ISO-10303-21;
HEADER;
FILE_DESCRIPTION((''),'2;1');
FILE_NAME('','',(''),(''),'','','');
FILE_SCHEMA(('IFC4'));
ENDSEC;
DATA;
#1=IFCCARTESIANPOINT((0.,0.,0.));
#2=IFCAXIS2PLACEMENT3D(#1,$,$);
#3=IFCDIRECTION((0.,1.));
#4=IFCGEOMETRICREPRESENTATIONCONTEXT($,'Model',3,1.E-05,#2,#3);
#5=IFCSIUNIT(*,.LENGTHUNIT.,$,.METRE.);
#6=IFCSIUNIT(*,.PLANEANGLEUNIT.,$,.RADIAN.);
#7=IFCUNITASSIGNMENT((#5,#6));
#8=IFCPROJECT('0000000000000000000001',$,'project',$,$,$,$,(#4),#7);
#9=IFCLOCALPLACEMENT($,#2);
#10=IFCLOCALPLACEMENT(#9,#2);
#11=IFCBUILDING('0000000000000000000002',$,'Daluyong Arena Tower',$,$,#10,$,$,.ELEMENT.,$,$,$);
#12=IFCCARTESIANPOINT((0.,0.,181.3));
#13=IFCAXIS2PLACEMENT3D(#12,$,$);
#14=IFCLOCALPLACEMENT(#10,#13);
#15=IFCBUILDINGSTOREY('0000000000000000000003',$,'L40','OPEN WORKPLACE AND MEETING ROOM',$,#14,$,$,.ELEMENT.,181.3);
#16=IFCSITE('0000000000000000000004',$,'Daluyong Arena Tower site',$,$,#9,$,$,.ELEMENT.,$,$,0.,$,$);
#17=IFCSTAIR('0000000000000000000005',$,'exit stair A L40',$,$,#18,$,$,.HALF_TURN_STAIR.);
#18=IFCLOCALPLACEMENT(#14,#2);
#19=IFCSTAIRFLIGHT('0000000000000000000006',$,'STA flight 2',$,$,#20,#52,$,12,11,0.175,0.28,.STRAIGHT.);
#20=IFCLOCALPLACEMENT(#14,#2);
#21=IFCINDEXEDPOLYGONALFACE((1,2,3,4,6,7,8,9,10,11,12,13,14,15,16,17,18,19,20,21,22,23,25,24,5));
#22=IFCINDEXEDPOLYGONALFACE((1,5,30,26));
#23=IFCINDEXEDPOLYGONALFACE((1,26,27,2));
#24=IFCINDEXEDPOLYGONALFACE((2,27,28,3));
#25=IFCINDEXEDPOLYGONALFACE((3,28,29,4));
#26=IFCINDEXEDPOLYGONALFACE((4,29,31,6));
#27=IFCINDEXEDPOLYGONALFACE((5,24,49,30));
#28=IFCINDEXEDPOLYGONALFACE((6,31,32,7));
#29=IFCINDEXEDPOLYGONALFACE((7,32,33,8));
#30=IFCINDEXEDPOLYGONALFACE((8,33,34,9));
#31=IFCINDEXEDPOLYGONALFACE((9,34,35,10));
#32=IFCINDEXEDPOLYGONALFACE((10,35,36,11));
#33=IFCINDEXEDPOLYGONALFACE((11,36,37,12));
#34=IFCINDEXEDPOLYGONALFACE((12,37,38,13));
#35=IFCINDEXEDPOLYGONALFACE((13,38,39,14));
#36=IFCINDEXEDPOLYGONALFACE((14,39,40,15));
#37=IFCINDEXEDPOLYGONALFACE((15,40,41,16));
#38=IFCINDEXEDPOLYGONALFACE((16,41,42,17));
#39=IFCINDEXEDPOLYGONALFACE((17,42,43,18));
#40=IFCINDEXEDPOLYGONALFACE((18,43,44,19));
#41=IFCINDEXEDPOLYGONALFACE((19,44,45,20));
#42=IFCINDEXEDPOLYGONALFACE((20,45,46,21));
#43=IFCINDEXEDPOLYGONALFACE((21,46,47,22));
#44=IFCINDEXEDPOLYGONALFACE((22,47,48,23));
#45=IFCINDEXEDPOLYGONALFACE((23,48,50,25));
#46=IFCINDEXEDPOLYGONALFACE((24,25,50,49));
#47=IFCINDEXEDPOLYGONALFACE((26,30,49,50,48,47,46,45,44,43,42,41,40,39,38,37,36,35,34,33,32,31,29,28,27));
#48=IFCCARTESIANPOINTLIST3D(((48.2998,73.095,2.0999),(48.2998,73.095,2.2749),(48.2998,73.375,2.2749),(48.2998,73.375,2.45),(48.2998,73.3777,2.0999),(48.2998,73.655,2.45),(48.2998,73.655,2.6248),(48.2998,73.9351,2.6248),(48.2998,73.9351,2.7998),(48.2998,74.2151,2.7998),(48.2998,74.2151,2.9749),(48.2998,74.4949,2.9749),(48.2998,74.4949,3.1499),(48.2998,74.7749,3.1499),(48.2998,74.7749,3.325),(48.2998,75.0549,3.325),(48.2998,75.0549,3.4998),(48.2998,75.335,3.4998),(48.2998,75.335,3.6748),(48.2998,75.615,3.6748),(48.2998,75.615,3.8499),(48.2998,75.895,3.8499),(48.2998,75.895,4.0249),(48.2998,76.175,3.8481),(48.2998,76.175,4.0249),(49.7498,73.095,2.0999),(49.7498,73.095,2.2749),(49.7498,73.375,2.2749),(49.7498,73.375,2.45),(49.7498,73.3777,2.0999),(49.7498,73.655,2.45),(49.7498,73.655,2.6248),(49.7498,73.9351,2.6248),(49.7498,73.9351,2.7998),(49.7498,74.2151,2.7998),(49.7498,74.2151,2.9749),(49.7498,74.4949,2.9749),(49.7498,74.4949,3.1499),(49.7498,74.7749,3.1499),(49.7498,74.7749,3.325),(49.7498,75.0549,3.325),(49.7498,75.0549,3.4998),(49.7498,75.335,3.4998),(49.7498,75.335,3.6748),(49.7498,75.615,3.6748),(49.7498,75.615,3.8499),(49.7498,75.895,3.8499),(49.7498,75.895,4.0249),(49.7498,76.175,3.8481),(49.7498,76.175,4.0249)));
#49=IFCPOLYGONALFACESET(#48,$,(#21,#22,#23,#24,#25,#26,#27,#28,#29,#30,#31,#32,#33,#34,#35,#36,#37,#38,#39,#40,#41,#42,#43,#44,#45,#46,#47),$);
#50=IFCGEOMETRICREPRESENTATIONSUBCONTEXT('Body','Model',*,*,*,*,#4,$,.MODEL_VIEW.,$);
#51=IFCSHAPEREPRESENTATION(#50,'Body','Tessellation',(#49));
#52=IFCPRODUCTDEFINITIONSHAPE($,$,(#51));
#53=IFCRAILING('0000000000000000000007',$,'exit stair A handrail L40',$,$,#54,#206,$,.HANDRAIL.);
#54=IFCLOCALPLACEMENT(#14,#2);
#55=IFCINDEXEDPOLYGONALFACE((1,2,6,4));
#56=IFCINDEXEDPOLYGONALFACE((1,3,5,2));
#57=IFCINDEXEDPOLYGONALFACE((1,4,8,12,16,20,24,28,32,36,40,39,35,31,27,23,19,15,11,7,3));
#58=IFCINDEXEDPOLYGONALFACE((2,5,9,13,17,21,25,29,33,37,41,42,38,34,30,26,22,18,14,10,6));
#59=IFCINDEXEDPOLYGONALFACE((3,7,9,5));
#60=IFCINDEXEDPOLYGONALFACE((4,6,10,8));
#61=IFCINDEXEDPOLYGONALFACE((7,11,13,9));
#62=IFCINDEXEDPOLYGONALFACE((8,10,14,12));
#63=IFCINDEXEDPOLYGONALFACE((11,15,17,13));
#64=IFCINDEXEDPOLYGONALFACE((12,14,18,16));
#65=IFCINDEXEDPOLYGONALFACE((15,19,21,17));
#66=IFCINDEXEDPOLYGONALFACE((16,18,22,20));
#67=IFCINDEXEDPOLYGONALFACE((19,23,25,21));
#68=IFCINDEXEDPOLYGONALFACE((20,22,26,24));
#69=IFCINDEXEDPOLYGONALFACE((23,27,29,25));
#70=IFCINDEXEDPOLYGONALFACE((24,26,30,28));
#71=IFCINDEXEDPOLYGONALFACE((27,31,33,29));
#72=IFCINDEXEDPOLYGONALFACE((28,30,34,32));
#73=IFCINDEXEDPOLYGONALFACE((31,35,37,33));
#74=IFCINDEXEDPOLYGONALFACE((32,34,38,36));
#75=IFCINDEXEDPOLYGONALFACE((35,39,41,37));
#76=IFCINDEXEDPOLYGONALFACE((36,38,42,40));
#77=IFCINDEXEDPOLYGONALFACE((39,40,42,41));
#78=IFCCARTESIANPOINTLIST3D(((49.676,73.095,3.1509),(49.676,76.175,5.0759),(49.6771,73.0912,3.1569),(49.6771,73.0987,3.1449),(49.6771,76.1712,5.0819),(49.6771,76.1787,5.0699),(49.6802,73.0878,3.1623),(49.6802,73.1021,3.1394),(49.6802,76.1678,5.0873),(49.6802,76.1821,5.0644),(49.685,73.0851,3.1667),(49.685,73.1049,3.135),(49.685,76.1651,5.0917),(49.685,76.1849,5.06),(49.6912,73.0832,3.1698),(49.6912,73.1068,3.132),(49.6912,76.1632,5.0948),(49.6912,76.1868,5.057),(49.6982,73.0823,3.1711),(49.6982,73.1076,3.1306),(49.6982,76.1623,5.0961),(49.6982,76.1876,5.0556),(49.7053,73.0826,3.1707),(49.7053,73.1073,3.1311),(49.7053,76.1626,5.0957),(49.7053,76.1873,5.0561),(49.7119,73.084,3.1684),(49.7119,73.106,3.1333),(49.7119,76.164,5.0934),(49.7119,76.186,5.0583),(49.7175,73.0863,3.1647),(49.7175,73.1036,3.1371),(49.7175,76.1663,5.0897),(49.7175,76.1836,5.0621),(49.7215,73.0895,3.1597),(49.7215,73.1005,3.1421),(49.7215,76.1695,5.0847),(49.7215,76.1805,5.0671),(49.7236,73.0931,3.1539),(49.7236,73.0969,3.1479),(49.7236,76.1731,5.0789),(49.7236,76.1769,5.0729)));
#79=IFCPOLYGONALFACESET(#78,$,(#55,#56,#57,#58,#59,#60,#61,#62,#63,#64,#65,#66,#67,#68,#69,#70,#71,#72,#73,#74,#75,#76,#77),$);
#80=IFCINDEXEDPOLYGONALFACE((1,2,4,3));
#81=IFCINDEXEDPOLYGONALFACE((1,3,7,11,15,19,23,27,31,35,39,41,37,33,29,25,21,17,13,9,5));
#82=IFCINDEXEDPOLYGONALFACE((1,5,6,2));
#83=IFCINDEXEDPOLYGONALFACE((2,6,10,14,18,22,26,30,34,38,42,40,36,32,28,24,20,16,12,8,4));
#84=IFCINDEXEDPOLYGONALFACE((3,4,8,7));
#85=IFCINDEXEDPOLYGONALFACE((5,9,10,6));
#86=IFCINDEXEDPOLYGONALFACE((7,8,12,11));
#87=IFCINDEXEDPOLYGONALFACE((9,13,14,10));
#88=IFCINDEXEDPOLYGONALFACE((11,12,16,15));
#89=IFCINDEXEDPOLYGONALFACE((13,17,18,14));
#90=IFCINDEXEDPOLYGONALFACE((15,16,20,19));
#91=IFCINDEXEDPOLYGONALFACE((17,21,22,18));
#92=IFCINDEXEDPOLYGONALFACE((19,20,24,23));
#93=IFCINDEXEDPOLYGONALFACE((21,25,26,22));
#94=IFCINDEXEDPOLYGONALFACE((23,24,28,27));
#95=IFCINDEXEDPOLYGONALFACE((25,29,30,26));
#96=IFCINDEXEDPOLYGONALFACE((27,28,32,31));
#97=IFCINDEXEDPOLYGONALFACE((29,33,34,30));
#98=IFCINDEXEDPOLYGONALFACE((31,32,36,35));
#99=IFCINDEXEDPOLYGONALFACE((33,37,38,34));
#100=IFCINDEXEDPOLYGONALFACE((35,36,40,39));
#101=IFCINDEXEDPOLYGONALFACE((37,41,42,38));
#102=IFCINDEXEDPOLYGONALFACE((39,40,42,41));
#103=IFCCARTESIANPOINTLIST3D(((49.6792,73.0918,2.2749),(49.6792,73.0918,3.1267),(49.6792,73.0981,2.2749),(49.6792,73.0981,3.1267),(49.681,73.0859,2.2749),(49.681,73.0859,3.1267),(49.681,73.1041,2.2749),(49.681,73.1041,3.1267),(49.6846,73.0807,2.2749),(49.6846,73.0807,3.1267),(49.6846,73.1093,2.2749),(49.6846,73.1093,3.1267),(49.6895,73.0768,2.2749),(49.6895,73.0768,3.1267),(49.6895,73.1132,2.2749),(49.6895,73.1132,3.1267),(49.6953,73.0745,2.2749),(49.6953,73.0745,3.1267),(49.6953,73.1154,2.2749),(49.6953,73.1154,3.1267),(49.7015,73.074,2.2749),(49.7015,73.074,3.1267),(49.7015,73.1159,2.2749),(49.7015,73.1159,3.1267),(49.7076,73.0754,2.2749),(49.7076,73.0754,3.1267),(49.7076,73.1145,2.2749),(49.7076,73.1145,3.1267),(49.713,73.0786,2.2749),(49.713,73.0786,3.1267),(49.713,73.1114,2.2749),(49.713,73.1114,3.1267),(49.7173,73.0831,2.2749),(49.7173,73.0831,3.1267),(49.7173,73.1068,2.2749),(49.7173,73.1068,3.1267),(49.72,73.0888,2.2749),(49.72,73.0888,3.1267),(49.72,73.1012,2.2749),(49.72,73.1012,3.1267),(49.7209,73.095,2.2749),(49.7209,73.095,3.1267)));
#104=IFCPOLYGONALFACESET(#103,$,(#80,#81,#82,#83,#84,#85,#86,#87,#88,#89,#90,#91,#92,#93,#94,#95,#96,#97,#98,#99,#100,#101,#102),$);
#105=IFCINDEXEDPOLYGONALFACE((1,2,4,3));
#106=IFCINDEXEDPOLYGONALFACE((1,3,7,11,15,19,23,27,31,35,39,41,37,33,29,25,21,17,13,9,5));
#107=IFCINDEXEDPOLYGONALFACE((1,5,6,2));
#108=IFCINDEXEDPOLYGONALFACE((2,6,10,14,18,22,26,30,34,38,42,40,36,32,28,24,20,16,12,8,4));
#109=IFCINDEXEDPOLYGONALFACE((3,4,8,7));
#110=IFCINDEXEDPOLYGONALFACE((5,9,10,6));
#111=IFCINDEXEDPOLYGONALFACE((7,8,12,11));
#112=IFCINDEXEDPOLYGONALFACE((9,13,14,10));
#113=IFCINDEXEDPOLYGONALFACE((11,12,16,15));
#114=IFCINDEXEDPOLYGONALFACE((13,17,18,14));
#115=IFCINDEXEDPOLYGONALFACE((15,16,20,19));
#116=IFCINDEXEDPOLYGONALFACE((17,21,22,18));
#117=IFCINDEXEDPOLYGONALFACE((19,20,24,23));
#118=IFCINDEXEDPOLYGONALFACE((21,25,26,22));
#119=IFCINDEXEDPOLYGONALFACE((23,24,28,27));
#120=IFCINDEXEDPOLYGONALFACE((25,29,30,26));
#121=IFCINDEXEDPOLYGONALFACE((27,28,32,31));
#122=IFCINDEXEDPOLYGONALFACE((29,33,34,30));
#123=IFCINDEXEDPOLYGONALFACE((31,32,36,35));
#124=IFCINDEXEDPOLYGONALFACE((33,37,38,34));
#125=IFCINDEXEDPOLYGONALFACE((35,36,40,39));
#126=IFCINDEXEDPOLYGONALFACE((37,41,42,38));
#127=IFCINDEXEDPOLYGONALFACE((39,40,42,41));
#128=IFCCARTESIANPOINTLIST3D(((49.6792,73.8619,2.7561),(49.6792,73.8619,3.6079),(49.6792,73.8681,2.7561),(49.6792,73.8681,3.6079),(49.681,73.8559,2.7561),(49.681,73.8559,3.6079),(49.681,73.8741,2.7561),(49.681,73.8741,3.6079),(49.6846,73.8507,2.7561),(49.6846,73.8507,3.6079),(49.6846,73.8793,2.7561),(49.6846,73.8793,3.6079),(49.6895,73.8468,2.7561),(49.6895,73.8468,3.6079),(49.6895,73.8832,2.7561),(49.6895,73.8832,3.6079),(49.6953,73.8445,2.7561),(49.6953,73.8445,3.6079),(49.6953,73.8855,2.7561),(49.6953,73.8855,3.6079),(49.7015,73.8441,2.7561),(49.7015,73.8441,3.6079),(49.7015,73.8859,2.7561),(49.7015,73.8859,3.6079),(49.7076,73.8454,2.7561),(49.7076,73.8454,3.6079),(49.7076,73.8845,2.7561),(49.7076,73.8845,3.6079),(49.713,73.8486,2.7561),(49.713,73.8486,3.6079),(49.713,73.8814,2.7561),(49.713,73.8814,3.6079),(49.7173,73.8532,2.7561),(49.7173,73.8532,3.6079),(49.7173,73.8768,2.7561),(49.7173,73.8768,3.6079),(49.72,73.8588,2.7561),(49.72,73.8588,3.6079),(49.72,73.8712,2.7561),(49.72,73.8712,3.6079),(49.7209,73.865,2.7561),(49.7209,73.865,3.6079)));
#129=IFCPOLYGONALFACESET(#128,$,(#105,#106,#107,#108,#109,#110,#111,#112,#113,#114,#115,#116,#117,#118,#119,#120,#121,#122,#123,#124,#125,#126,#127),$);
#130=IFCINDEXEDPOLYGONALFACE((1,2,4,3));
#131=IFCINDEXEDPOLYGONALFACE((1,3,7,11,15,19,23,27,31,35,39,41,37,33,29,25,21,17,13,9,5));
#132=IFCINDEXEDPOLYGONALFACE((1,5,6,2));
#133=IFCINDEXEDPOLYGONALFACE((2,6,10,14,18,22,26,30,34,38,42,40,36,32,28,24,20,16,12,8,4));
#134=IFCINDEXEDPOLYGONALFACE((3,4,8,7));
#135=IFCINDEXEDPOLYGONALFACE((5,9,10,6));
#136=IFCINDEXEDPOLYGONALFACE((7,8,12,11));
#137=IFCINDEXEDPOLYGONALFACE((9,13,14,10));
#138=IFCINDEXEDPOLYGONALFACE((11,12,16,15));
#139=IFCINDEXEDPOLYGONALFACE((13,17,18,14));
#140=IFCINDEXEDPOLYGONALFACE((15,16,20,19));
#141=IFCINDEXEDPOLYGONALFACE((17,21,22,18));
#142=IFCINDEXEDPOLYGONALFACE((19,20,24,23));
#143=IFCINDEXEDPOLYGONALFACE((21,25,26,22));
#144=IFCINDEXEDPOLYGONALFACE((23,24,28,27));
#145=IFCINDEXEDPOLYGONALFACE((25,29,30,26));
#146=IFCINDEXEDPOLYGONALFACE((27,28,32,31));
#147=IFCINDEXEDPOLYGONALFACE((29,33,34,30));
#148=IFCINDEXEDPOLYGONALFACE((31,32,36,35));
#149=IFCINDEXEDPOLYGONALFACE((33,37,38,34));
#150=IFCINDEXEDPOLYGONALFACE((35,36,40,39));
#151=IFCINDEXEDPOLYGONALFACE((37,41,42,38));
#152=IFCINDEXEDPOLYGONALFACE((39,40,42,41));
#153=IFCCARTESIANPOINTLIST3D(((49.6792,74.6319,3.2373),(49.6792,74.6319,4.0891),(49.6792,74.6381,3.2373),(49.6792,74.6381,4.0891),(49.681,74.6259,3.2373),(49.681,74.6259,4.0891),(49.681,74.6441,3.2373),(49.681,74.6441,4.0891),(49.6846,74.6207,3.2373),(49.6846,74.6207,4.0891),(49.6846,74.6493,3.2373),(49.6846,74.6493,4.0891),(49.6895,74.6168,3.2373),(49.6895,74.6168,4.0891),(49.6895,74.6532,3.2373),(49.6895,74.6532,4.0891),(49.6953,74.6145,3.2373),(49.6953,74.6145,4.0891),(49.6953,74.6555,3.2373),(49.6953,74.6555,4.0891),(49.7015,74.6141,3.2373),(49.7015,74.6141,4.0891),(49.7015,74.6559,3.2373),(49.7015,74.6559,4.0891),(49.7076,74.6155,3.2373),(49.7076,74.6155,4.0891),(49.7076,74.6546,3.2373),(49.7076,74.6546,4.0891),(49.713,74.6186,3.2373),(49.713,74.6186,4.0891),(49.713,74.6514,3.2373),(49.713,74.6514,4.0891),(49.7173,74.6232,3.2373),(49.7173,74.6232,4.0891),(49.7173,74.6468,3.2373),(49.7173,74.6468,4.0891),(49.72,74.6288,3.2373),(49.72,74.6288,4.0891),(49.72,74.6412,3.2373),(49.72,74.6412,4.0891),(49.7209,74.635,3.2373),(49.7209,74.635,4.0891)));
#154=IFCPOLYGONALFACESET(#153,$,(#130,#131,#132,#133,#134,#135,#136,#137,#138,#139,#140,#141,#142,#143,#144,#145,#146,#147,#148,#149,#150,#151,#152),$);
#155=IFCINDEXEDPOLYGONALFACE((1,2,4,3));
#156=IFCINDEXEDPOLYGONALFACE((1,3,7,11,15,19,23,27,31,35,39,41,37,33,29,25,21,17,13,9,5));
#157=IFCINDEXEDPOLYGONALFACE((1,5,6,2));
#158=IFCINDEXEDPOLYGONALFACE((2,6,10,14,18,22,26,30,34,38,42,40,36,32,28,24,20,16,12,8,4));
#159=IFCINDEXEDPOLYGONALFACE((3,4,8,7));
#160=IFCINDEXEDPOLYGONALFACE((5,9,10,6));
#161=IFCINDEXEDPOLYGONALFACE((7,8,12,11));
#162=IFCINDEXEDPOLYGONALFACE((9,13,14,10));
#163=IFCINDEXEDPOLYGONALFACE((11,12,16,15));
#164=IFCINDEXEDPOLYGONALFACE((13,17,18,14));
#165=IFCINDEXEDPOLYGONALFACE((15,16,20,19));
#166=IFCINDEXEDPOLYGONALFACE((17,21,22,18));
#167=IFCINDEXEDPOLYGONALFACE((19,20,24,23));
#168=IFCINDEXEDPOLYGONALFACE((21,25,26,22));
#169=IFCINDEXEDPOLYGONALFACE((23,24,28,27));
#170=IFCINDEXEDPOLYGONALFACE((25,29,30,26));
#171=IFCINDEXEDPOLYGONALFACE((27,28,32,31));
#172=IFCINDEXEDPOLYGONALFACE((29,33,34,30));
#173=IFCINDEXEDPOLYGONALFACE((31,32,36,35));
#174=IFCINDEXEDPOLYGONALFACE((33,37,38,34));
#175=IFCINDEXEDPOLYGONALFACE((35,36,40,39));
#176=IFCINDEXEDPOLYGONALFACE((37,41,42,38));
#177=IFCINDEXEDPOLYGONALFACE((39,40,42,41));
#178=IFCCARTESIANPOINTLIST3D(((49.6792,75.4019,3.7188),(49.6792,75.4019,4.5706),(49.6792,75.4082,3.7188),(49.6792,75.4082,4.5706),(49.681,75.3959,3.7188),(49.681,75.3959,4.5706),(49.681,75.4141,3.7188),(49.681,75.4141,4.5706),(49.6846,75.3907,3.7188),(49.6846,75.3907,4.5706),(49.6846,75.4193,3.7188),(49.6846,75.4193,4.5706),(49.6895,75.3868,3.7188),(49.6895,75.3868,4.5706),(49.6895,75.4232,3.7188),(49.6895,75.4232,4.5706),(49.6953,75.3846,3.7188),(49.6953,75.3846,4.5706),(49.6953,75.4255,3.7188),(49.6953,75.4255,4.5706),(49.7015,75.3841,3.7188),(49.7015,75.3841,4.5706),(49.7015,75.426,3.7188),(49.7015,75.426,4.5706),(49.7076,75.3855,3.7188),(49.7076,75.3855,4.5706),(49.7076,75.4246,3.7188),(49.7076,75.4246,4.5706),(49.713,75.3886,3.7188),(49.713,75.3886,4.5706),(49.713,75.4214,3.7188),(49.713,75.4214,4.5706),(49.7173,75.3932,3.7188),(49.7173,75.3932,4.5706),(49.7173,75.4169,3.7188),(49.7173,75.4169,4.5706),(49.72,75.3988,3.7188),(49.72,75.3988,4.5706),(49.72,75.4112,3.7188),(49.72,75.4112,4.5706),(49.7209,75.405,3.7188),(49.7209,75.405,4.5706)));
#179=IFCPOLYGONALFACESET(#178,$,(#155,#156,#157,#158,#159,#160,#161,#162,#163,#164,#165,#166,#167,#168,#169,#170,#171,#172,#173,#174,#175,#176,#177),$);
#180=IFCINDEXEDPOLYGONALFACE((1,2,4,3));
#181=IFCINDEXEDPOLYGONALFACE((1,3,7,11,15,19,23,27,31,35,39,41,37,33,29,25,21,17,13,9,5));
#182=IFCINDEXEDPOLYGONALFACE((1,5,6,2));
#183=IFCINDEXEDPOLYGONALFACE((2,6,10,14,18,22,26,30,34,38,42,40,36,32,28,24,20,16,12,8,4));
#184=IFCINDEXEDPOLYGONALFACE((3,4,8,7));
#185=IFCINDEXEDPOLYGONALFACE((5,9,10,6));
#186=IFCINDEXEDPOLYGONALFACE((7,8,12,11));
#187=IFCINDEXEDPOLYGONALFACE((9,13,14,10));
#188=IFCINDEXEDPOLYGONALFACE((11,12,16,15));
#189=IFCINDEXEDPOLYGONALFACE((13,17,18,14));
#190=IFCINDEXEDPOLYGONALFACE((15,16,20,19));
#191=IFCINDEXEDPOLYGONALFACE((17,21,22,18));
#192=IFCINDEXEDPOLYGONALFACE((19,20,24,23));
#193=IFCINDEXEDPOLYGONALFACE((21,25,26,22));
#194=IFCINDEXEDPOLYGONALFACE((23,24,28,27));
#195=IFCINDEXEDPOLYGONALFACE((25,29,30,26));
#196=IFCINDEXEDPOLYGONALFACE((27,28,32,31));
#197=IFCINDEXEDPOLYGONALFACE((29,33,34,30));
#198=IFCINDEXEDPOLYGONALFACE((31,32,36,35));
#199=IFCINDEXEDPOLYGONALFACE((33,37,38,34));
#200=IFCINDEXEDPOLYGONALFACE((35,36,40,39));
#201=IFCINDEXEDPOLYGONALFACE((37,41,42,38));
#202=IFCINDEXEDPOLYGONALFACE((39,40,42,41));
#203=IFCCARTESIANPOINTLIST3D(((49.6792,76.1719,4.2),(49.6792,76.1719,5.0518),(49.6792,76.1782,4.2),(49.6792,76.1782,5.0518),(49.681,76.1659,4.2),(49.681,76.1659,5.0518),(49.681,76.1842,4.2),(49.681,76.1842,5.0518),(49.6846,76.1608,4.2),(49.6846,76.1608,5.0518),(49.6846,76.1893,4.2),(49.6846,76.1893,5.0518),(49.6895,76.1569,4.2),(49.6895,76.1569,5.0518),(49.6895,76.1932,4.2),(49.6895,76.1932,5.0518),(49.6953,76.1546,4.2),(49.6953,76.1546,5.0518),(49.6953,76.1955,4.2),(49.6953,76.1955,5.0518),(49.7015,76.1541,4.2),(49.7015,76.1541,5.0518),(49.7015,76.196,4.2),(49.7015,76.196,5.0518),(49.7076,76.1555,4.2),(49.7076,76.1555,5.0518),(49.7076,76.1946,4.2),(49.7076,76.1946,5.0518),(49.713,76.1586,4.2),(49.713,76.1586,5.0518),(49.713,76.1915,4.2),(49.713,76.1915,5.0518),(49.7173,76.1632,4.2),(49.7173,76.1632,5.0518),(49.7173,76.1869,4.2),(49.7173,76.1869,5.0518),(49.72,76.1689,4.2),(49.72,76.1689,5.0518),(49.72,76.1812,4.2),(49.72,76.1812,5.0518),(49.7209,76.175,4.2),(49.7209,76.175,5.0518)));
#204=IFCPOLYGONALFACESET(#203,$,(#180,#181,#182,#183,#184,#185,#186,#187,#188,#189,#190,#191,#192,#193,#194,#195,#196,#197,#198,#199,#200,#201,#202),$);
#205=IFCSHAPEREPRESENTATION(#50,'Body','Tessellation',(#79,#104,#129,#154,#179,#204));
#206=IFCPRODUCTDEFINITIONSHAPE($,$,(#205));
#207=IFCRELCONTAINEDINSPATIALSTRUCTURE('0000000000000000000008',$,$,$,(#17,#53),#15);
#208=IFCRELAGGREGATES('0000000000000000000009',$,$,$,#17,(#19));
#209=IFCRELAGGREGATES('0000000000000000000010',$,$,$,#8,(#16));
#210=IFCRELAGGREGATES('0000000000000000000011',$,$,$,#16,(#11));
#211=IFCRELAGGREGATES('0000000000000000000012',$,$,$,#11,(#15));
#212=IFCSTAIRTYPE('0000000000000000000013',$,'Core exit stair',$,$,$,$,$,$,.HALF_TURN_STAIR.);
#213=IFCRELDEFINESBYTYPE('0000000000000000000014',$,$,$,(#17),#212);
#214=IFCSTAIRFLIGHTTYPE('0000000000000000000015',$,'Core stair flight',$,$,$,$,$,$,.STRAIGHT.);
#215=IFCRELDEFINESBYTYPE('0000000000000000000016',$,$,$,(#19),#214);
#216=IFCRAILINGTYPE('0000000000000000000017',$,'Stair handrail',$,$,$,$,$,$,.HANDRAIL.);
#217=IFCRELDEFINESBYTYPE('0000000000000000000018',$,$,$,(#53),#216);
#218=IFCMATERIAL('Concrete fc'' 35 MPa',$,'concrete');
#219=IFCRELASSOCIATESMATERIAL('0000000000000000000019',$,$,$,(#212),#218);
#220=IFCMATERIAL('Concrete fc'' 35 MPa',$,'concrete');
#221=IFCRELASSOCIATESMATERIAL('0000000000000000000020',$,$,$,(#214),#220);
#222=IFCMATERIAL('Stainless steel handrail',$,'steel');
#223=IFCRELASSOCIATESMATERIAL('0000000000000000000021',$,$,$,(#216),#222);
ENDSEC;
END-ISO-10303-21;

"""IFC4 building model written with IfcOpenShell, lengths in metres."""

from ifc_helpers import new_model, si_unit, direction, frame, origin, origin_2d, place, context, subcontext, project, spatial, polyline, circle, outline, extrude, material, type_object, element, aggregate, save


model = new_model("IFC4")

# Units and contexts
model_context = context("Model", 3, precision=1e-05, world=origin(), true_north=direction((0.0, 1.0)))
body_context = subcontext(model_context, "Body", "Model", "MODEL_VIEW")
ifc_project = project(units=[si_unit("LENGTHUNIT", "METRE"), si_unit("PLANEANGLEUNIT", "RADIAN")], contexts=[model_context])

# Site, building, storey
site_placement = place(None, origin())
site = spatial("IfcSite", under=ifc_project, at=site_placement, Name="Daluyong Arena Tower site", CompositionType="ELEMENT", RefElevation=0.0)
building_placement = place(site_placement, origin())
building = spatial("IfcBuilding", under=site, at=building_placement, Name="Daluyong Arena Tower", CompositionType="ELEMENT")
storey_placement = place(building_placement, frame((0.0, 0.0, 181.3)))
storey = spatial("IfcBuildingStorey", under=building, at=storey_placement, Name="L40", Description="OPEN WORKPLACE AND MEETING ROOM", CompositionType="ELEMENT", Elevation=181.3)

# Stair, stair flight
ifc_material_1 = material(Name="Concrete fc' 35 MPa", Category="concrete")
stair_type = type_object("IfcStairType", Name="Core exit stair", PredefinedType="HALF_TURN_STAIR", material=ifc_material_1)
stair_placement = place(storey_placement, origin())
stair = element("IfcStair", 1, at=stair_placement, inside=storey, type_object=stair_type, Name="exit stair A L40", PredefinedType="HALF_TURN_STAIR")
ifc_material_2 = material(Name="Concrete fc' 35 MPa", Category="concrete")
stair_flight_type = type_object("IfcStairFlightType", Name="Core stair flight", PredefinedType="STRAIGHT", material=ifc_material_2)
stair_flight_placement = place(storey_placement, frame((49.0249, 73.095, 2.0999), z_axis=(0.0, 0.0, 1.0), x_axis=(0.0, 1.0, 0.0)))
stair_flight = element("IfcStairFlight", 2, at=stair_flight_placement, type_object=stair_flight_type, Name="STA flight 2", NumberOfRisers=12, NumberOfTreads=11, PredefinedType="STRAIGHT", RiserHeight=0.175, TreadLength=0.28, context=body_context, shape_type="SweptSolid", body=[
    extrude(outline(polyline([(0.0, 0.0), (0.0, 0.175), (0.28, 0.175), (0.28, 0.3501), (0.5601, 0.3501), (0.5601, 0.5249), (0.8401, 0.5249), (0.8401, 0.7), (1.1201, 0.7), (1.1201, 0.875), (1.3999, 0.875), (1.3999, 1.05), (1.6799, 1.05), (1.6799, 1.2251), (1.96, 1.2251), (1.96, 1.3999), (2.24, 1.3999), (2.24, 1.575), (2.52, 1.575), (2.52, 1.75), (2.8, 1.75), (2.8, 1.925), (3.0801, 1.925), (3.0801, 2.1001), (3.0801, 1.7483), (0.2827, 0.0), (0.0, 0.0)])), frame((0.0, 0.7251, 0.0), z_axis=(0.0, -1.0, 0.0), x_axis=(1.0, 0.0, 0.0)), (0.0, 0.0, 1.0), 1.45),
])
aggregate(stair, [stair_flight])

# Railing
ifc_material_3 = material(Name="Stainless steel handrail", Category="steel")
railing_type_1 = type_object("IfcRailingType", Name="Stair handrail", PredefinedType="HANDRAIL", material=ifc_material_3)
railing_1_placement = place(storey_placement, frame((49.7, 73.095, 2.2749)))
element("IfcRailing", 3, at=railing_1_placement, inside=storey, type_object=railing_type_1, Name="exit stair A handrail L40", PredefinedType="HANDRAIL", context=body_context, shape_type="SweptSolid", body=[
    extrude(circle(Radius=0.0239, at=origin_2d()), frame((0.0, 0.0, 0.876), z_axis=(0.0, 0.847998, 0.529999), x_axis=(-1.0, 0.0, 0.0)), (0.0, 0.0, 1.0), 3.6321),
    extrude(circle(Radius=0.021, at=origin_2d()), origin(), (0.0, 0.0, 1.0), 0.8518),
    extrude(circle(Radius=0.021, at=origin_2d()), frame((0.0, 0.77, 0.4812)), (0.0, 0.0, 1.0), 0.8518),
    extrude(circle(Radius=0.021, at=origin_2d()), frame((0.0, 1.54, 0.9624)), (0.0, 0.0, 1.0), 0.8518),
    extrude(circle(Radius=0.021, at=origin_2d()), frame((0.0, 2.3101, 1.4438)), (0.0, 0.0, 1.0), 0.8518),
    extrude(circle(Radius=0.021, at=origin_2d()), frame((0.0, 3.0801, 1.925)), (0.0, 0.0, 1.0), 0.8518),
])

save(model, "model.ifc")
